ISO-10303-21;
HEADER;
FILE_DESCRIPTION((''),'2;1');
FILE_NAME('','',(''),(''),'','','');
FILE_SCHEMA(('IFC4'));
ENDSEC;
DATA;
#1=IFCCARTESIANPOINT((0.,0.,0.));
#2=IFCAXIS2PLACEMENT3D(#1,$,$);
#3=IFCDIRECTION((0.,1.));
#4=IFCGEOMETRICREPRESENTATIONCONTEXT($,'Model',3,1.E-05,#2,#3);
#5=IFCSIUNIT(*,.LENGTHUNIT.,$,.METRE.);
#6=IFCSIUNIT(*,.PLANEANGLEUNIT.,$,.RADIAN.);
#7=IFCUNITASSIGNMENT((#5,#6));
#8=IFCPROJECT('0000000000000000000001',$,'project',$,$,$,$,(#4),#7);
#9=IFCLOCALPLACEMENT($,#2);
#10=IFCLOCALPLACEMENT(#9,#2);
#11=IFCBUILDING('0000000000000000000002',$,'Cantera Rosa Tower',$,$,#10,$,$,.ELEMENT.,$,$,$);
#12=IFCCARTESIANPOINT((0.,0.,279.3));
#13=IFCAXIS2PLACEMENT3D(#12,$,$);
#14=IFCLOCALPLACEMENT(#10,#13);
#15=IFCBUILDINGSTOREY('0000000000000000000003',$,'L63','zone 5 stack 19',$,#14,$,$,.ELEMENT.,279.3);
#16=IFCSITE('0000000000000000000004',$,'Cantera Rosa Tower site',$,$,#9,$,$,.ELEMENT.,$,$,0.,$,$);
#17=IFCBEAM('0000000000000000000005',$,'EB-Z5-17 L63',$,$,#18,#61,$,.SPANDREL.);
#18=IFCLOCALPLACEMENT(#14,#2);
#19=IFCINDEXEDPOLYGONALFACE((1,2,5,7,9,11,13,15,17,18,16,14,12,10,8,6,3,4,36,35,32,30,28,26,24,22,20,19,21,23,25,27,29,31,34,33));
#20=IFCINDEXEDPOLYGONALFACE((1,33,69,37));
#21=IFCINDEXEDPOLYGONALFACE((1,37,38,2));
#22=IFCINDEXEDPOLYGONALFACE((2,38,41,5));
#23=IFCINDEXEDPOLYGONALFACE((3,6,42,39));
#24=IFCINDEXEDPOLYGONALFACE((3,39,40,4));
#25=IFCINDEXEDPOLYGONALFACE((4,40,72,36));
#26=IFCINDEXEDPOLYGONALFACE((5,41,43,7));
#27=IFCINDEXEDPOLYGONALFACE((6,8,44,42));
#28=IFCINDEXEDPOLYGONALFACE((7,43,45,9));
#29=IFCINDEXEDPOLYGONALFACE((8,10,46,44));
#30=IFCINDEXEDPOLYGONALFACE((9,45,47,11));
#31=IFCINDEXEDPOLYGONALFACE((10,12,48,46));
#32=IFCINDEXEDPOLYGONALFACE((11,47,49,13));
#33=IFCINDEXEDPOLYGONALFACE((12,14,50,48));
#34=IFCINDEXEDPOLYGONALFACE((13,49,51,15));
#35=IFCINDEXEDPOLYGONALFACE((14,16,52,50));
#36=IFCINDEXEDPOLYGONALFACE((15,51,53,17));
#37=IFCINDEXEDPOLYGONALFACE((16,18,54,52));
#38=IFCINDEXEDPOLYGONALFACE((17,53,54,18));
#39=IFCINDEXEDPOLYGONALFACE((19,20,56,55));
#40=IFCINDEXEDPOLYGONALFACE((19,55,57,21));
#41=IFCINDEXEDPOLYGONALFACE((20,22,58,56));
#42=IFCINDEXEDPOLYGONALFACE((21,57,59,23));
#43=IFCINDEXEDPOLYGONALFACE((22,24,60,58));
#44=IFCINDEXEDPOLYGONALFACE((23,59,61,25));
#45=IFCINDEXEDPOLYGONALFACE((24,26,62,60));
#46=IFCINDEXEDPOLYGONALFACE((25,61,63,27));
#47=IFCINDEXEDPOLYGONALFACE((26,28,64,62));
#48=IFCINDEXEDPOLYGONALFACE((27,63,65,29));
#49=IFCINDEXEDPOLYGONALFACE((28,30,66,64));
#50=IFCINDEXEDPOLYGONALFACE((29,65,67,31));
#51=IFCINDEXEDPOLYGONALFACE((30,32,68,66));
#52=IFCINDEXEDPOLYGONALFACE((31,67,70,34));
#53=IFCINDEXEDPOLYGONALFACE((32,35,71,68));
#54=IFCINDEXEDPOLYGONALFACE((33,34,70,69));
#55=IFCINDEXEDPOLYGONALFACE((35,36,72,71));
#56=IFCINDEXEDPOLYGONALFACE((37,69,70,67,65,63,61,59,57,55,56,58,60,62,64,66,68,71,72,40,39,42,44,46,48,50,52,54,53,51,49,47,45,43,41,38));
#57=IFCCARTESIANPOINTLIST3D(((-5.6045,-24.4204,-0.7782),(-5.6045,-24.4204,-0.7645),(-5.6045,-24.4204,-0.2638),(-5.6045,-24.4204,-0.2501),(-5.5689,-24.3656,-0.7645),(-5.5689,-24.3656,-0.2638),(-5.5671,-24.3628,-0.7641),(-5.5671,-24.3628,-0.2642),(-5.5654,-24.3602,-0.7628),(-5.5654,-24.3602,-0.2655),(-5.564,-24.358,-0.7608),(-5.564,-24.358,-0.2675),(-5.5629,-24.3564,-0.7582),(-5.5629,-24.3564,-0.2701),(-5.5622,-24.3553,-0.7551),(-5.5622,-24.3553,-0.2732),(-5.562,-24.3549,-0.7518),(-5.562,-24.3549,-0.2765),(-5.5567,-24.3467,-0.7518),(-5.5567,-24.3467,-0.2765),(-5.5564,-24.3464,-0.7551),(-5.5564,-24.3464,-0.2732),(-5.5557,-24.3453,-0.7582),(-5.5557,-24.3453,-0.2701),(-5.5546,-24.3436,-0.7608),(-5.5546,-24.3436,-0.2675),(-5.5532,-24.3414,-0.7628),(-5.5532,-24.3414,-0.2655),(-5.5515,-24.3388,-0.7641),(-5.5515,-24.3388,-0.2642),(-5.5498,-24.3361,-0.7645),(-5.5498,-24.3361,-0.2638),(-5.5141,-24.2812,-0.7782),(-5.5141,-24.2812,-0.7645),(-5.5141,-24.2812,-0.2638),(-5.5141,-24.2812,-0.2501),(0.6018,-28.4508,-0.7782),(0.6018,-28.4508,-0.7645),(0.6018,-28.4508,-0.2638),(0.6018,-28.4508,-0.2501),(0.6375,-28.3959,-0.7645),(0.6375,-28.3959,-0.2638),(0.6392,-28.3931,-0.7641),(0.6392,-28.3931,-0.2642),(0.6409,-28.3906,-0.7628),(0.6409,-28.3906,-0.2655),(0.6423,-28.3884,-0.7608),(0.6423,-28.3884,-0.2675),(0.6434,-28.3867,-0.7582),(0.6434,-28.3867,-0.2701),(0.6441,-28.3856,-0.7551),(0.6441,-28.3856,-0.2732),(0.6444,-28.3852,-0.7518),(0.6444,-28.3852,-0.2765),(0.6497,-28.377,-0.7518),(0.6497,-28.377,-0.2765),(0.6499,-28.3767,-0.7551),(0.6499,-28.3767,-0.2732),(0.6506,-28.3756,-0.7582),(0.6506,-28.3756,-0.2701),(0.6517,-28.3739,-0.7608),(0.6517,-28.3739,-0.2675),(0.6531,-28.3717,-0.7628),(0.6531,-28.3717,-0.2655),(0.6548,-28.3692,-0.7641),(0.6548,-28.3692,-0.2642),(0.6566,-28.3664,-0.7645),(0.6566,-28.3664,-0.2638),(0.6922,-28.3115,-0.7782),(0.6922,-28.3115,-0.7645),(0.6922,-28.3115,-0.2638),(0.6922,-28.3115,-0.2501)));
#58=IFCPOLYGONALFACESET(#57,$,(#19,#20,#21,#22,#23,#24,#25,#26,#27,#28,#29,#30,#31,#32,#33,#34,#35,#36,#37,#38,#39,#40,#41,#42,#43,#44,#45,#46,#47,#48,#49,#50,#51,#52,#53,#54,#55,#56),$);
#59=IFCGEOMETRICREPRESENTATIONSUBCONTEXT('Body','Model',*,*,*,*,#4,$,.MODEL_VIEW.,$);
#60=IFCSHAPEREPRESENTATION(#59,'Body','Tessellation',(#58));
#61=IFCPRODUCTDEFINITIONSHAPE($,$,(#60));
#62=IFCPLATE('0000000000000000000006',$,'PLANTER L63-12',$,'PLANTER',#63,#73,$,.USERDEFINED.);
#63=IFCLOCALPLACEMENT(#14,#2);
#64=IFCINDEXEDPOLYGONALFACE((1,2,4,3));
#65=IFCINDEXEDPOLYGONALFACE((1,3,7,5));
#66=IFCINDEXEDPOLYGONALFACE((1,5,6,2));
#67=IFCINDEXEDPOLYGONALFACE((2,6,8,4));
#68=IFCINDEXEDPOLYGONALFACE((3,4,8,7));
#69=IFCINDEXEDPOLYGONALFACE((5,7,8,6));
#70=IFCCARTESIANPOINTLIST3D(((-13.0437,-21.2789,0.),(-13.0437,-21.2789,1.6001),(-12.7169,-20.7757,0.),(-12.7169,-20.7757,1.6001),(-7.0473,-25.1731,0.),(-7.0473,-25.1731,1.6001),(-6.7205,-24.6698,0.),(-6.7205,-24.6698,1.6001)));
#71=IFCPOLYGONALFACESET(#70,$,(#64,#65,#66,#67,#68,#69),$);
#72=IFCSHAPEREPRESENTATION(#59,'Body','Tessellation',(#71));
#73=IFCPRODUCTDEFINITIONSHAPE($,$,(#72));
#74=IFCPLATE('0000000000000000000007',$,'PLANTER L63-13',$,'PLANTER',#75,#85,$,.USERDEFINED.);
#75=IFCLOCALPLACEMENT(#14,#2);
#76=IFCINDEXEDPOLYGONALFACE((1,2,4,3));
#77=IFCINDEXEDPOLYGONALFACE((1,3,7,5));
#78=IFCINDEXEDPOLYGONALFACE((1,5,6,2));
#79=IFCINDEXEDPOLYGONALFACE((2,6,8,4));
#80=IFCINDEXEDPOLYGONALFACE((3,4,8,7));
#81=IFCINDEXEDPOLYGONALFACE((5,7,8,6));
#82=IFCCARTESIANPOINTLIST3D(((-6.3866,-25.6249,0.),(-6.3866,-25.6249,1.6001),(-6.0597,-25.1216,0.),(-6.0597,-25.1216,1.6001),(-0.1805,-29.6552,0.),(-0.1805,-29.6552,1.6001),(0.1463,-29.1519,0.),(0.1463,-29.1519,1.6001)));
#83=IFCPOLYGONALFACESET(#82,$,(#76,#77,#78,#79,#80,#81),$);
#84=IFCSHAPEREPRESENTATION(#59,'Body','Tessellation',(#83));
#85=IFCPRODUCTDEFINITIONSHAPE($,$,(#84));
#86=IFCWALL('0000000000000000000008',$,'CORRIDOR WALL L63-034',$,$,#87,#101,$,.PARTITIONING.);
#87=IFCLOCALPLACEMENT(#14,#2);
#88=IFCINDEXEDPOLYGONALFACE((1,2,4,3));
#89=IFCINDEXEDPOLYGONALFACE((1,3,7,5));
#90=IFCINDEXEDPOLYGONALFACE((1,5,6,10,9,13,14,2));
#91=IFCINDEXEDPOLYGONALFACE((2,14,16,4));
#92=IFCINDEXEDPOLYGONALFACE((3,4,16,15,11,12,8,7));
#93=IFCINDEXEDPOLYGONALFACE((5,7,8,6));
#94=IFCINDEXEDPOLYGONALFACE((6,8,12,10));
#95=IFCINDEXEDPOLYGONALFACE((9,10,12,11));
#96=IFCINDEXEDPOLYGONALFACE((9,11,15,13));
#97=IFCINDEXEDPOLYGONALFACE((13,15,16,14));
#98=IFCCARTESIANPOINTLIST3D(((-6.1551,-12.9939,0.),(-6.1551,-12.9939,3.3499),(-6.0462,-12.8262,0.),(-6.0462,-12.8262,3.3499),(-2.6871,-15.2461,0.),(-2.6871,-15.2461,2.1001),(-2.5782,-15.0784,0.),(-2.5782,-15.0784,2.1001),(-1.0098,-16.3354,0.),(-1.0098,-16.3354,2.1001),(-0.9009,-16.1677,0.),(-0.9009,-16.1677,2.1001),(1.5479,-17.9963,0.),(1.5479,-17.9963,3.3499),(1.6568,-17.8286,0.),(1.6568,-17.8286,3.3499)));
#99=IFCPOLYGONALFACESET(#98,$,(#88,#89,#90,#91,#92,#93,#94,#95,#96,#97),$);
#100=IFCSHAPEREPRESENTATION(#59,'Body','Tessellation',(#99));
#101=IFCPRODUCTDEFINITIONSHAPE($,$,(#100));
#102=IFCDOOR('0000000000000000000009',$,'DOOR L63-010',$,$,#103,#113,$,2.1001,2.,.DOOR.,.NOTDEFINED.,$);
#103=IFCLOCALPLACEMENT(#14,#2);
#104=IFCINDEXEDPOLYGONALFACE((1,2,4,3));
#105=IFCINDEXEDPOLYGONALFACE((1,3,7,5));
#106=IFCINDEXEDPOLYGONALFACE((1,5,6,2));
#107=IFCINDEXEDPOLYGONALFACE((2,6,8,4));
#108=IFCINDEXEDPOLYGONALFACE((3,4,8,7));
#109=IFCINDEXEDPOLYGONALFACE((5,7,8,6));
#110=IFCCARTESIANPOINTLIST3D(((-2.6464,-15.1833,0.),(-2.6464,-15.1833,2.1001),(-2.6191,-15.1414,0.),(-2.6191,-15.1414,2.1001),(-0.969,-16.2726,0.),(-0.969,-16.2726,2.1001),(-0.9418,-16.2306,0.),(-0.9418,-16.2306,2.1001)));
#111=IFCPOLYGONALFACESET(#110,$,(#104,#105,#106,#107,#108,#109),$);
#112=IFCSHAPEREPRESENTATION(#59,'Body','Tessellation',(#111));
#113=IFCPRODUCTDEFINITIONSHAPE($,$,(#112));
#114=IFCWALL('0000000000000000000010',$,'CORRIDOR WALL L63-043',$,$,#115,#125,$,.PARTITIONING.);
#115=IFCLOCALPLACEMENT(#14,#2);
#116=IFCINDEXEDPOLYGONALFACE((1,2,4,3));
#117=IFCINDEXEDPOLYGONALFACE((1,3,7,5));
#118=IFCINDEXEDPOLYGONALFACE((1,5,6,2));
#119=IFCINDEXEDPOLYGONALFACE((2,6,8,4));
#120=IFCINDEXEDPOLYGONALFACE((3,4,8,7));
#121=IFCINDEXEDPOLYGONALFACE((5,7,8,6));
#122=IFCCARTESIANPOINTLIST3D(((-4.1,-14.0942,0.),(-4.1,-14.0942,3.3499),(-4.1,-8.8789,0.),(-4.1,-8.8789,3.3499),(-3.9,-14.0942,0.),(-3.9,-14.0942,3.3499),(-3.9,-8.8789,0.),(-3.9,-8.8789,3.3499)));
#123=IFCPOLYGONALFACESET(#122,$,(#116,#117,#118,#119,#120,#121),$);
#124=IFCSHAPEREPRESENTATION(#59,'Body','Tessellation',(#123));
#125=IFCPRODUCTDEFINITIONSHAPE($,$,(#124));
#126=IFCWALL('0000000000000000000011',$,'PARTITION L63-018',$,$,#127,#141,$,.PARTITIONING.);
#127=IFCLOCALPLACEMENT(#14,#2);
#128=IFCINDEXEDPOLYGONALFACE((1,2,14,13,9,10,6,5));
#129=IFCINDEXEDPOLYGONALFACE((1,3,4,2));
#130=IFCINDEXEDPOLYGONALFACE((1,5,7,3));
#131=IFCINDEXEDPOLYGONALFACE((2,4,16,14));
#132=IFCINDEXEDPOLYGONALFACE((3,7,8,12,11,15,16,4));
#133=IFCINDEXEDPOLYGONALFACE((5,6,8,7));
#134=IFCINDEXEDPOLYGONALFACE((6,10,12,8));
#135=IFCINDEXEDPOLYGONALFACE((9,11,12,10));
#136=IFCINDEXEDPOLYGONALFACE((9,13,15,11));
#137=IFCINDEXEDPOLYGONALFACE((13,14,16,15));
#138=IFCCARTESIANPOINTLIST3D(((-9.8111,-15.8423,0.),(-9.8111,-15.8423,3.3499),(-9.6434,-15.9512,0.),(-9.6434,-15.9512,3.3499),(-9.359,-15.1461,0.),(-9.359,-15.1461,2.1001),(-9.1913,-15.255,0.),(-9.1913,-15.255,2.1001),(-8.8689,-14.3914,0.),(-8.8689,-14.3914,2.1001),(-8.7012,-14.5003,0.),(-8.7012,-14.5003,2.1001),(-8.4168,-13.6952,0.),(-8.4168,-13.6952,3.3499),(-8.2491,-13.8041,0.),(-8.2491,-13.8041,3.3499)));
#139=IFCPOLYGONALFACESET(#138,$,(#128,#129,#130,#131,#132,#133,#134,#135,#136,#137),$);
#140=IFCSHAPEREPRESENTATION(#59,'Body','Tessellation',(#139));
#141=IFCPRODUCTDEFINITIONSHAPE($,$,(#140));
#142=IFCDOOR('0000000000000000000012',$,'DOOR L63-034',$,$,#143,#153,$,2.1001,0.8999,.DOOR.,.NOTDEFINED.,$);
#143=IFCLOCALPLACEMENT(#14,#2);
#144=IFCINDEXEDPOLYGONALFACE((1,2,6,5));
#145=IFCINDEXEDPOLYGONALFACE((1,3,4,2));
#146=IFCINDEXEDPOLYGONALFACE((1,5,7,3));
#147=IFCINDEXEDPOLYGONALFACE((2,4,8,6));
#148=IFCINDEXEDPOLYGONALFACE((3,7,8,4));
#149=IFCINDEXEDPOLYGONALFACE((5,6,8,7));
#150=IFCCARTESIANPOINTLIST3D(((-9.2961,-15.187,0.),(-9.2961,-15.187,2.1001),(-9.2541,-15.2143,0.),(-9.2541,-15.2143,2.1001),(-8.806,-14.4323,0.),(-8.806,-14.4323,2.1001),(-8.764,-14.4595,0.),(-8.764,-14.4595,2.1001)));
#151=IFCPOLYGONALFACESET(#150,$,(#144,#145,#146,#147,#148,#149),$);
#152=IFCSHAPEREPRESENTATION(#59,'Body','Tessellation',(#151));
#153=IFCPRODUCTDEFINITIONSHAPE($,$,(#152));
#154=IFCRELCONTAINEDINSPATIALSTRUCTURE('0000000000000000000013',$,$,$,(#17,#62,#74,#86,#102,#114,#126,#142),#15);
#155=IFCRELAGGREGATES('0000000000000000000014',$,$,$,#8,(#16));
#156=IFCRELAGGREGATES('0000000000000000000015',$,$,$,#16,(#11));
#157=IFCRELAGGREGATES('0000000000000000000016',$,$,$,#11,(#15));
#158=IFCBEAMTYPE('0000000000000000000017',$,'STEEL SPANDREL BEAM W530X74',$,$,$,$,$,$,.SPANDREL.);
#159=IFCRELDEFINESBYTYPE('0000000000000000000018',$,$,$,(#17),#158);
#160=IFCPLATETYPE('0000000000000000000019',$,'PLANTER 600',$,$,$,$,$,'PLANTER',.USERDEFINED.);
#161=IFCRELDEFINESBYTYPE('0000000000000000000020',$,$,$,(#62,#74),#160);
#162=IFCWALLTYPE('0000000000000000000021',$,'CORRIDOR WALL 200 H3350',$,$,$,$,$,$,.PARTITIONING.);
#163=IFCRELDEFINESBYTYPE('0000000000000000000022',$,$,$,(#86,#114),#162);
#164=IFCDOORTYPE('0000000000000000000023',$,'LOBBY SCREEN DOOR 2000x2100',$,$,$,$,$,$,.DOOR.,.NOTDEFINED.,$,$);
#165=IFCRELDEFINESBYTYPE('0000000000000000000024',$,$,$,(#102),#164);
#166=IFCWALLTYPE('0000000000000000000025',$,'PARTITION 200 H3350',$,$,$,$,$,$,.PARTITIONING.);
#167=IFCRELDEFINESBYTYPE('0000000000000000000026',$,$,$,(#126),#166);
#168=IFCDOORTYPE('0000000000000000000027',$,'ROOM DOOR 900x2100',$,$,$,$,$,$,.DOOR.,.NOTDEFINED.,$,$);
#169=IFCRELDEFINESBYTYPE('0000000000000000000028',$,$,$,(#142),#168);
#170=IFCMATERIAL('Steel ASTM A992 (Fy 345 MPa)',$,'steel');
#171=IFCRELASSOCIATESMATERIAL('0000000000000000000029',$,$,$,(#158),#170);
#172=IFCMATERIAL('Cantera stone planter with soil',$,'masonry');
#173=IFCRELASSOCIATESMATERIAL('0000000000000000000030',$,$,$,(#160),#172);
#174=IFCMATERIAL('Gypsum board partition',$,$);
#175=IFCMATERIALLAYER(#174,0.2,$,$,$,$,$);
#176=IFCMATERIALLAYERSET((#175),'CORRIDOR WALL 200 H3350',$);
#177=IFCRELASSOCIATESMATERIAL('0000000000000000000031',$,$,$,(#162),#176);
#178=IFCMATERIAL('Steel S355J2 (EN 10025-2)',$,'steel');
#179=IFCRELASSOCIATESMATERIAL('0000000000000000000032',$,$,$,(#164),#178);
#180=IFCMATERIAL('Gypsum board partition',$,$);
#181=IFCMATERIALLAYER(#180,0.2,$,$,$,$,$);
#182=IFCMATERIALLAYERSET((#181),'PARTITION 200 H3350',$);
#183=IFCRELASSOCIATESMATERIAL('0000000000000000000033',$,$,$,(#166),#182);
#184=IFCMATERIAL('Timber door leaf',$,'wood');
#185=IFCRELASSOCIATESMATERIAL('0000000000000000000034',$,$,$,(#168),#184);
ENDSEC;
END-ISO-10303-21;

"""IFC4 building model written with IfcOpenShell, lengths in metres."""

from ifc_helpers import new_model, si_unit, direction, frame, frame_2d, origin, origin_2d, place, context, subcontext, project, spatial, rectangle, i_section, extrude, material, layer, layer_set, material_profile, profile_set, type_object, element, fill, save


model = new_model("IFC4")

# Units and contexts
model_context = context("Model", 3, precision=1e-05, world=origin(), true_north=direction((0.0, 1.0)))
body_context = subcontext(model_context, "Body", "Model", "MODEL_VIEW")
ifc_project = project(units=[si_unit("LENGTHUNIT", "METRE"), si_unit("PLANEANGLEUNIT", "RADIAN")], contexts=[model_context])

# Site, building, storey
site_placement = place(None, origin())
site = spatial("IfcSite", under=ifc_project, at=site_placement, Name="Cantera Rosa Tower site", CompositionType="ELEMENT", RefElevation=0.0)
building_placement = place(site_placement, origin())
building = spatial("IfcBuilding", under=site, at=building_placement, Name="Cantera Rosa Tower", CompositionType="ELEMENT")
storey_placement = place(building_placement, frame((0.0, 0.0, 279.3)))
storey = spatial("IfcBuildingStorey", under=building, at=storey_placement, Name="L63", Description="zone 5 stack 19", CompositionType="ELEMENT", Elevation=279.3)

# Beam
ifc_material_1 = material(Name="Steel ASTM A992 (Fy 345 MPa)", Category="steel")
ifc_material_profile_1 = material_profile(ifc_material_1, i_section(OverallWidth=0.166, OverallDepth=0.5281, WebThickness=0.0098, FlangeThickness=0.0137, FilletRadius=0.0127, at=origin_2d()), Name="W530X74")
ifc_profile_set_1 = profile_set([ifc_material_profile_1], Name="Steel ASTM A992 (Fy 345 MPa)")
beam_type_1 = type_object("IfcBeamType", Name="STEEL SPANDREL BEAM W530X74", PredefinedType="SPANDREL", material=ifc_profile_set_1)
beam_1_placement = place(storey_placement, frame((-5.5593, -24.3508, -0.5142), z_axis=(0.838679, -0.544625, 0.0), x_axis=(0.544625, 0.838679, 0.0)))
element("IfcBeam", 1, at=beam_1_placement, inside=storey, type_object=beam_type_1, Name="EB-Z5-17 L63", PredefinedType="SPANDREL", context=body_context, shape_type="SweptSolid", body=[
    extrude(i_section(OverallWidth=0.166, OverallDepth=0.5281, WebThickness=0.0098, FlangeThickness=0.0137, FilletRadius=0.0127, at=origin_2d()), origin(), (0.0, 0.0, 1.0), 7.4001),
])

# Plates
ifc_material_2 = material(Name="Cantera stone planter with soil", Category="masonry")
plate_type = type_object("IfcPlateType", Name="PLANTER 600", ElementType="PLANTER", PredefinedType="USERDEFINED", material=ifc_material_2)
plate_1_placement = place(storey_placement, frame((-9.8821, -22.9744, 0.0), z_axis=(0.0, 0.0, 1.0), x_axis=(0.838671, -0.544639, 0.0)))
element("IfcPlate", 2, at=plate_1_placement, inside=storey, type_object=plate_type, Name="PLANTER L63-12", ObjectType="PLANTER", PredefinedType="USERDEFINED", context=body_context, shape_type="SweptSolid", body=[
    extrude(rectangle(XDim=7.1499, YDim=0.6001, at=origin_2d()), origin(), (0.0, 0.0, 1.0), 1.6001),
])
plate_2_placement = place(storey_placement, frame((-3.1201, -27.3884, 0.0), z_axis=(0.0, 0.0, 1.0), x_axis=(0.838671, -0.544639, 0.0)))
element("IfcPlate", 3, at=plate_2_placement, inside=storey, type_object=plate_type, Name="PLANTER L63-13", ObjectType="PLANTER", PredefinedType="USERDEFINED", context=body_context, shape_type="SweptSolid", body=[
    extrude(rectangle(XDim=7.3999, YDim=0.6001, at=origin_2d()), origin(), (0.0, 0.0, 1.0), 1.6001),
])

# Wall, opening, door
ifc_material_3 = material(Name="Gypsum board partition")
ifc_layer_1 = layer(ifc_material_3, 0.2)
ifc_layer_set_1 = layer_set([ifc_layer_1], Name="CORRIDOR WALL 200 H3350")
wall_type_1 = type_object("IfcWallType", Name="CORRIDOR WALL 200 H3350", PredefinedType="PARTITIONING", material=ifc_layer_set_1)
wall_1_placement = place(storey_placement, frame((-6.1006, -12.9102, 0.0), z_axis=(0.0, 0.0, 1.0), x_axis=(0.838672, -0.544637, 0.0)))
wall_1 = element("IfcWall", 4, at=wall_1_placement, inside=storey, type_object=wall_type_1, Name="CORRIDOR WALL L63-034", PredefinedType="PARTITIONING", context=body_context, shape_type="SweptSolid", body=[
    extrude(rectangle(XDim=9.1848, YDim=0.2, at=frame_2d((4.5923, 0.0))), origin(), (0.0, 0.0, 1.0), 3.3499),
])
opening_1_placement = place(wall_1_placement, frame((4.135, 0.0, 0.0)))
opening_1 = element("IfcOpeningElement", 5, at=opening_1_placement, cuts=wall_1, PredefinedType="OPENING", context=body_context, shape_type="SweptSolid", body=[
    extrude(rectangle(XDim=2.0, YDim=2.1001, at=frame_2d((1.0, 1.05))), frame((0.0, 0.1099, 0.0), z_axis=(0.0, -1.0, 0.0), x_axis=(1.0, 0.0, 0.0)), (0.0, 0.0, 1.0), 0.22),
])
ifc_material_4 = material(Name="Steel S355J2 (EN 10025-2)", Category="steel")
door_type_1 = type_object("IfcDoorType", Name="LOBBY SCREEN DOOR 2000x2100", OperationType="NOTDEFINED", PredefinedType="DOOR", material=ifc_material_4)
door_1_placement = place(opening_1_placement, origin())
door_1 = element("IfcDoor", 6, at=door_1_placement, inside=storey, type_object=door_type_1, Name="DOOR L63-010", OperationType="NOTDEFINED", OverallHeight=2.1001, OverallWidth=2.0, PredefinedType="DOOR", context=body_context, shape_type="SweptSolid", body=[
    extrude(rectangle(XDim=2.0, YDim=2.1001, at=frame_2d((1.0, 1.05))), frame((0.0, 0.0249, 0.0), z_axis=(0.0, -1.0, 0.0), x_axis=(1.0, 0.0, 0.0)), (0.0, 0.0, 1.0), 0.05),
])
fill(opening_1, door_1)

# Wall
wall_2_placement = place(storey_placement, frame((-4.0, -14.0942, 0.0), z_axis=(0.0, 0.0, 1.0), x_axis=(0.0, 1.0, 0.0)))
element("IfcWall", 7, at=wall_2_placement, inside=storey, type_object=wall_type_1, Name="CORRIDOR WALL L63-043", PredefinedType="PARTITIONING", context=body_context, shape_type="SweptSolid", body=[
    extrude(rectangle(XDim=5.2153, YDim=0.2, at=frame_2d((2.6077, 0.0))), origin(), (0.0, 0.0, 1.0), 3.3499),
])

# Wall, opening, door
ifc_material_5 = material(Name="Gypsum board partition")
ifc_layer_2 = layer(ifc_material_5, 0.2)
ifc_layer_set_2 = layer_set([ifc_layer_2], Name="PARTITION 200 H3350")
wall_type_2 = type_object("IfcWallType", Name="PARTITION 200 H3350", PredefinedType="PARTITIONING", material=ifc_layer_set_2)
wall_3_placement = place(storey_placement, frame((-9.7273, -15.8967, 0.0), z_axis=(0.0, 0.0, 1.0), x_axis=(0.544646, 0.838666, 0.0)))
wall_3 = element("IfcWall", 8, at=wall_3_placement, inside=storey, type_object=wall_type_2, Name="PARTITION L63-018", PredefinedType="PARTITIONING", context=body_context, shape_type="SweptSolid", body=[
    extrude(rectangle(XDim=2.5601, YDim=0.2, at=frame_2d((1.28, 0.0))), origin(), (0.0, 0.0, 1.0), 3.3499),
])
opening_2_placement = place(wall_3_placement, frame((0.8301, 0.0, 0.0)))
opening_2 = element("IfcOpeningElement", 9, at=opening_2_placement, cuts=wall_3, PredefinedType="OPENING", context=body_context, shape_type="SweptSolid", body=[
    extrude(rectangle(XDim=0.8999, YDim=2.1001, at=frame_2d((0.45, 1.05))), frame((0.0, 0.1099, 0.0), z_axis=(0.0, -1.0, 0.0), x_axis=(1.0, 0.0, 0.0)), (0.0, 0.0, 1.0), 0.22),
])
ifc_material_6 = material(Name="Timber door leaf", Category="wood")
door_type_2 = type_object("IfcDoorType", Name="ROOM DOOR 900x2100", OperationType="NOTDEFINED", PredefinedType="DOOR", material=ifc_material_6)
door_2_placement = place(opening_2_placement, origin())
door_2 = element("IfcDoor", 10, at=door_2_placement, inside=storey, type_object=door_type_2, Name="DOOR L63-034", OperationType="NOTDEFINED", OverallHeight=2.1001, OverallWidth=0.8999, PredefinedType="DOOR", context=body_context, shape_type="SweptSolid", body=[
    extrude(rectangle(XDim=0.8999, YDim=2.1001, at=frame_2d((0.45, 1.05))), frame((0.0, 0.0249, 0.0), z_axis=(0.0, -1.0, 0.0), x_axis=(1.0, 0.0, 0.0)), (0.0, 0.0, 1.0), 0.05),
])
fill(opening_2, door_2)

save(model, "model.ifc")
